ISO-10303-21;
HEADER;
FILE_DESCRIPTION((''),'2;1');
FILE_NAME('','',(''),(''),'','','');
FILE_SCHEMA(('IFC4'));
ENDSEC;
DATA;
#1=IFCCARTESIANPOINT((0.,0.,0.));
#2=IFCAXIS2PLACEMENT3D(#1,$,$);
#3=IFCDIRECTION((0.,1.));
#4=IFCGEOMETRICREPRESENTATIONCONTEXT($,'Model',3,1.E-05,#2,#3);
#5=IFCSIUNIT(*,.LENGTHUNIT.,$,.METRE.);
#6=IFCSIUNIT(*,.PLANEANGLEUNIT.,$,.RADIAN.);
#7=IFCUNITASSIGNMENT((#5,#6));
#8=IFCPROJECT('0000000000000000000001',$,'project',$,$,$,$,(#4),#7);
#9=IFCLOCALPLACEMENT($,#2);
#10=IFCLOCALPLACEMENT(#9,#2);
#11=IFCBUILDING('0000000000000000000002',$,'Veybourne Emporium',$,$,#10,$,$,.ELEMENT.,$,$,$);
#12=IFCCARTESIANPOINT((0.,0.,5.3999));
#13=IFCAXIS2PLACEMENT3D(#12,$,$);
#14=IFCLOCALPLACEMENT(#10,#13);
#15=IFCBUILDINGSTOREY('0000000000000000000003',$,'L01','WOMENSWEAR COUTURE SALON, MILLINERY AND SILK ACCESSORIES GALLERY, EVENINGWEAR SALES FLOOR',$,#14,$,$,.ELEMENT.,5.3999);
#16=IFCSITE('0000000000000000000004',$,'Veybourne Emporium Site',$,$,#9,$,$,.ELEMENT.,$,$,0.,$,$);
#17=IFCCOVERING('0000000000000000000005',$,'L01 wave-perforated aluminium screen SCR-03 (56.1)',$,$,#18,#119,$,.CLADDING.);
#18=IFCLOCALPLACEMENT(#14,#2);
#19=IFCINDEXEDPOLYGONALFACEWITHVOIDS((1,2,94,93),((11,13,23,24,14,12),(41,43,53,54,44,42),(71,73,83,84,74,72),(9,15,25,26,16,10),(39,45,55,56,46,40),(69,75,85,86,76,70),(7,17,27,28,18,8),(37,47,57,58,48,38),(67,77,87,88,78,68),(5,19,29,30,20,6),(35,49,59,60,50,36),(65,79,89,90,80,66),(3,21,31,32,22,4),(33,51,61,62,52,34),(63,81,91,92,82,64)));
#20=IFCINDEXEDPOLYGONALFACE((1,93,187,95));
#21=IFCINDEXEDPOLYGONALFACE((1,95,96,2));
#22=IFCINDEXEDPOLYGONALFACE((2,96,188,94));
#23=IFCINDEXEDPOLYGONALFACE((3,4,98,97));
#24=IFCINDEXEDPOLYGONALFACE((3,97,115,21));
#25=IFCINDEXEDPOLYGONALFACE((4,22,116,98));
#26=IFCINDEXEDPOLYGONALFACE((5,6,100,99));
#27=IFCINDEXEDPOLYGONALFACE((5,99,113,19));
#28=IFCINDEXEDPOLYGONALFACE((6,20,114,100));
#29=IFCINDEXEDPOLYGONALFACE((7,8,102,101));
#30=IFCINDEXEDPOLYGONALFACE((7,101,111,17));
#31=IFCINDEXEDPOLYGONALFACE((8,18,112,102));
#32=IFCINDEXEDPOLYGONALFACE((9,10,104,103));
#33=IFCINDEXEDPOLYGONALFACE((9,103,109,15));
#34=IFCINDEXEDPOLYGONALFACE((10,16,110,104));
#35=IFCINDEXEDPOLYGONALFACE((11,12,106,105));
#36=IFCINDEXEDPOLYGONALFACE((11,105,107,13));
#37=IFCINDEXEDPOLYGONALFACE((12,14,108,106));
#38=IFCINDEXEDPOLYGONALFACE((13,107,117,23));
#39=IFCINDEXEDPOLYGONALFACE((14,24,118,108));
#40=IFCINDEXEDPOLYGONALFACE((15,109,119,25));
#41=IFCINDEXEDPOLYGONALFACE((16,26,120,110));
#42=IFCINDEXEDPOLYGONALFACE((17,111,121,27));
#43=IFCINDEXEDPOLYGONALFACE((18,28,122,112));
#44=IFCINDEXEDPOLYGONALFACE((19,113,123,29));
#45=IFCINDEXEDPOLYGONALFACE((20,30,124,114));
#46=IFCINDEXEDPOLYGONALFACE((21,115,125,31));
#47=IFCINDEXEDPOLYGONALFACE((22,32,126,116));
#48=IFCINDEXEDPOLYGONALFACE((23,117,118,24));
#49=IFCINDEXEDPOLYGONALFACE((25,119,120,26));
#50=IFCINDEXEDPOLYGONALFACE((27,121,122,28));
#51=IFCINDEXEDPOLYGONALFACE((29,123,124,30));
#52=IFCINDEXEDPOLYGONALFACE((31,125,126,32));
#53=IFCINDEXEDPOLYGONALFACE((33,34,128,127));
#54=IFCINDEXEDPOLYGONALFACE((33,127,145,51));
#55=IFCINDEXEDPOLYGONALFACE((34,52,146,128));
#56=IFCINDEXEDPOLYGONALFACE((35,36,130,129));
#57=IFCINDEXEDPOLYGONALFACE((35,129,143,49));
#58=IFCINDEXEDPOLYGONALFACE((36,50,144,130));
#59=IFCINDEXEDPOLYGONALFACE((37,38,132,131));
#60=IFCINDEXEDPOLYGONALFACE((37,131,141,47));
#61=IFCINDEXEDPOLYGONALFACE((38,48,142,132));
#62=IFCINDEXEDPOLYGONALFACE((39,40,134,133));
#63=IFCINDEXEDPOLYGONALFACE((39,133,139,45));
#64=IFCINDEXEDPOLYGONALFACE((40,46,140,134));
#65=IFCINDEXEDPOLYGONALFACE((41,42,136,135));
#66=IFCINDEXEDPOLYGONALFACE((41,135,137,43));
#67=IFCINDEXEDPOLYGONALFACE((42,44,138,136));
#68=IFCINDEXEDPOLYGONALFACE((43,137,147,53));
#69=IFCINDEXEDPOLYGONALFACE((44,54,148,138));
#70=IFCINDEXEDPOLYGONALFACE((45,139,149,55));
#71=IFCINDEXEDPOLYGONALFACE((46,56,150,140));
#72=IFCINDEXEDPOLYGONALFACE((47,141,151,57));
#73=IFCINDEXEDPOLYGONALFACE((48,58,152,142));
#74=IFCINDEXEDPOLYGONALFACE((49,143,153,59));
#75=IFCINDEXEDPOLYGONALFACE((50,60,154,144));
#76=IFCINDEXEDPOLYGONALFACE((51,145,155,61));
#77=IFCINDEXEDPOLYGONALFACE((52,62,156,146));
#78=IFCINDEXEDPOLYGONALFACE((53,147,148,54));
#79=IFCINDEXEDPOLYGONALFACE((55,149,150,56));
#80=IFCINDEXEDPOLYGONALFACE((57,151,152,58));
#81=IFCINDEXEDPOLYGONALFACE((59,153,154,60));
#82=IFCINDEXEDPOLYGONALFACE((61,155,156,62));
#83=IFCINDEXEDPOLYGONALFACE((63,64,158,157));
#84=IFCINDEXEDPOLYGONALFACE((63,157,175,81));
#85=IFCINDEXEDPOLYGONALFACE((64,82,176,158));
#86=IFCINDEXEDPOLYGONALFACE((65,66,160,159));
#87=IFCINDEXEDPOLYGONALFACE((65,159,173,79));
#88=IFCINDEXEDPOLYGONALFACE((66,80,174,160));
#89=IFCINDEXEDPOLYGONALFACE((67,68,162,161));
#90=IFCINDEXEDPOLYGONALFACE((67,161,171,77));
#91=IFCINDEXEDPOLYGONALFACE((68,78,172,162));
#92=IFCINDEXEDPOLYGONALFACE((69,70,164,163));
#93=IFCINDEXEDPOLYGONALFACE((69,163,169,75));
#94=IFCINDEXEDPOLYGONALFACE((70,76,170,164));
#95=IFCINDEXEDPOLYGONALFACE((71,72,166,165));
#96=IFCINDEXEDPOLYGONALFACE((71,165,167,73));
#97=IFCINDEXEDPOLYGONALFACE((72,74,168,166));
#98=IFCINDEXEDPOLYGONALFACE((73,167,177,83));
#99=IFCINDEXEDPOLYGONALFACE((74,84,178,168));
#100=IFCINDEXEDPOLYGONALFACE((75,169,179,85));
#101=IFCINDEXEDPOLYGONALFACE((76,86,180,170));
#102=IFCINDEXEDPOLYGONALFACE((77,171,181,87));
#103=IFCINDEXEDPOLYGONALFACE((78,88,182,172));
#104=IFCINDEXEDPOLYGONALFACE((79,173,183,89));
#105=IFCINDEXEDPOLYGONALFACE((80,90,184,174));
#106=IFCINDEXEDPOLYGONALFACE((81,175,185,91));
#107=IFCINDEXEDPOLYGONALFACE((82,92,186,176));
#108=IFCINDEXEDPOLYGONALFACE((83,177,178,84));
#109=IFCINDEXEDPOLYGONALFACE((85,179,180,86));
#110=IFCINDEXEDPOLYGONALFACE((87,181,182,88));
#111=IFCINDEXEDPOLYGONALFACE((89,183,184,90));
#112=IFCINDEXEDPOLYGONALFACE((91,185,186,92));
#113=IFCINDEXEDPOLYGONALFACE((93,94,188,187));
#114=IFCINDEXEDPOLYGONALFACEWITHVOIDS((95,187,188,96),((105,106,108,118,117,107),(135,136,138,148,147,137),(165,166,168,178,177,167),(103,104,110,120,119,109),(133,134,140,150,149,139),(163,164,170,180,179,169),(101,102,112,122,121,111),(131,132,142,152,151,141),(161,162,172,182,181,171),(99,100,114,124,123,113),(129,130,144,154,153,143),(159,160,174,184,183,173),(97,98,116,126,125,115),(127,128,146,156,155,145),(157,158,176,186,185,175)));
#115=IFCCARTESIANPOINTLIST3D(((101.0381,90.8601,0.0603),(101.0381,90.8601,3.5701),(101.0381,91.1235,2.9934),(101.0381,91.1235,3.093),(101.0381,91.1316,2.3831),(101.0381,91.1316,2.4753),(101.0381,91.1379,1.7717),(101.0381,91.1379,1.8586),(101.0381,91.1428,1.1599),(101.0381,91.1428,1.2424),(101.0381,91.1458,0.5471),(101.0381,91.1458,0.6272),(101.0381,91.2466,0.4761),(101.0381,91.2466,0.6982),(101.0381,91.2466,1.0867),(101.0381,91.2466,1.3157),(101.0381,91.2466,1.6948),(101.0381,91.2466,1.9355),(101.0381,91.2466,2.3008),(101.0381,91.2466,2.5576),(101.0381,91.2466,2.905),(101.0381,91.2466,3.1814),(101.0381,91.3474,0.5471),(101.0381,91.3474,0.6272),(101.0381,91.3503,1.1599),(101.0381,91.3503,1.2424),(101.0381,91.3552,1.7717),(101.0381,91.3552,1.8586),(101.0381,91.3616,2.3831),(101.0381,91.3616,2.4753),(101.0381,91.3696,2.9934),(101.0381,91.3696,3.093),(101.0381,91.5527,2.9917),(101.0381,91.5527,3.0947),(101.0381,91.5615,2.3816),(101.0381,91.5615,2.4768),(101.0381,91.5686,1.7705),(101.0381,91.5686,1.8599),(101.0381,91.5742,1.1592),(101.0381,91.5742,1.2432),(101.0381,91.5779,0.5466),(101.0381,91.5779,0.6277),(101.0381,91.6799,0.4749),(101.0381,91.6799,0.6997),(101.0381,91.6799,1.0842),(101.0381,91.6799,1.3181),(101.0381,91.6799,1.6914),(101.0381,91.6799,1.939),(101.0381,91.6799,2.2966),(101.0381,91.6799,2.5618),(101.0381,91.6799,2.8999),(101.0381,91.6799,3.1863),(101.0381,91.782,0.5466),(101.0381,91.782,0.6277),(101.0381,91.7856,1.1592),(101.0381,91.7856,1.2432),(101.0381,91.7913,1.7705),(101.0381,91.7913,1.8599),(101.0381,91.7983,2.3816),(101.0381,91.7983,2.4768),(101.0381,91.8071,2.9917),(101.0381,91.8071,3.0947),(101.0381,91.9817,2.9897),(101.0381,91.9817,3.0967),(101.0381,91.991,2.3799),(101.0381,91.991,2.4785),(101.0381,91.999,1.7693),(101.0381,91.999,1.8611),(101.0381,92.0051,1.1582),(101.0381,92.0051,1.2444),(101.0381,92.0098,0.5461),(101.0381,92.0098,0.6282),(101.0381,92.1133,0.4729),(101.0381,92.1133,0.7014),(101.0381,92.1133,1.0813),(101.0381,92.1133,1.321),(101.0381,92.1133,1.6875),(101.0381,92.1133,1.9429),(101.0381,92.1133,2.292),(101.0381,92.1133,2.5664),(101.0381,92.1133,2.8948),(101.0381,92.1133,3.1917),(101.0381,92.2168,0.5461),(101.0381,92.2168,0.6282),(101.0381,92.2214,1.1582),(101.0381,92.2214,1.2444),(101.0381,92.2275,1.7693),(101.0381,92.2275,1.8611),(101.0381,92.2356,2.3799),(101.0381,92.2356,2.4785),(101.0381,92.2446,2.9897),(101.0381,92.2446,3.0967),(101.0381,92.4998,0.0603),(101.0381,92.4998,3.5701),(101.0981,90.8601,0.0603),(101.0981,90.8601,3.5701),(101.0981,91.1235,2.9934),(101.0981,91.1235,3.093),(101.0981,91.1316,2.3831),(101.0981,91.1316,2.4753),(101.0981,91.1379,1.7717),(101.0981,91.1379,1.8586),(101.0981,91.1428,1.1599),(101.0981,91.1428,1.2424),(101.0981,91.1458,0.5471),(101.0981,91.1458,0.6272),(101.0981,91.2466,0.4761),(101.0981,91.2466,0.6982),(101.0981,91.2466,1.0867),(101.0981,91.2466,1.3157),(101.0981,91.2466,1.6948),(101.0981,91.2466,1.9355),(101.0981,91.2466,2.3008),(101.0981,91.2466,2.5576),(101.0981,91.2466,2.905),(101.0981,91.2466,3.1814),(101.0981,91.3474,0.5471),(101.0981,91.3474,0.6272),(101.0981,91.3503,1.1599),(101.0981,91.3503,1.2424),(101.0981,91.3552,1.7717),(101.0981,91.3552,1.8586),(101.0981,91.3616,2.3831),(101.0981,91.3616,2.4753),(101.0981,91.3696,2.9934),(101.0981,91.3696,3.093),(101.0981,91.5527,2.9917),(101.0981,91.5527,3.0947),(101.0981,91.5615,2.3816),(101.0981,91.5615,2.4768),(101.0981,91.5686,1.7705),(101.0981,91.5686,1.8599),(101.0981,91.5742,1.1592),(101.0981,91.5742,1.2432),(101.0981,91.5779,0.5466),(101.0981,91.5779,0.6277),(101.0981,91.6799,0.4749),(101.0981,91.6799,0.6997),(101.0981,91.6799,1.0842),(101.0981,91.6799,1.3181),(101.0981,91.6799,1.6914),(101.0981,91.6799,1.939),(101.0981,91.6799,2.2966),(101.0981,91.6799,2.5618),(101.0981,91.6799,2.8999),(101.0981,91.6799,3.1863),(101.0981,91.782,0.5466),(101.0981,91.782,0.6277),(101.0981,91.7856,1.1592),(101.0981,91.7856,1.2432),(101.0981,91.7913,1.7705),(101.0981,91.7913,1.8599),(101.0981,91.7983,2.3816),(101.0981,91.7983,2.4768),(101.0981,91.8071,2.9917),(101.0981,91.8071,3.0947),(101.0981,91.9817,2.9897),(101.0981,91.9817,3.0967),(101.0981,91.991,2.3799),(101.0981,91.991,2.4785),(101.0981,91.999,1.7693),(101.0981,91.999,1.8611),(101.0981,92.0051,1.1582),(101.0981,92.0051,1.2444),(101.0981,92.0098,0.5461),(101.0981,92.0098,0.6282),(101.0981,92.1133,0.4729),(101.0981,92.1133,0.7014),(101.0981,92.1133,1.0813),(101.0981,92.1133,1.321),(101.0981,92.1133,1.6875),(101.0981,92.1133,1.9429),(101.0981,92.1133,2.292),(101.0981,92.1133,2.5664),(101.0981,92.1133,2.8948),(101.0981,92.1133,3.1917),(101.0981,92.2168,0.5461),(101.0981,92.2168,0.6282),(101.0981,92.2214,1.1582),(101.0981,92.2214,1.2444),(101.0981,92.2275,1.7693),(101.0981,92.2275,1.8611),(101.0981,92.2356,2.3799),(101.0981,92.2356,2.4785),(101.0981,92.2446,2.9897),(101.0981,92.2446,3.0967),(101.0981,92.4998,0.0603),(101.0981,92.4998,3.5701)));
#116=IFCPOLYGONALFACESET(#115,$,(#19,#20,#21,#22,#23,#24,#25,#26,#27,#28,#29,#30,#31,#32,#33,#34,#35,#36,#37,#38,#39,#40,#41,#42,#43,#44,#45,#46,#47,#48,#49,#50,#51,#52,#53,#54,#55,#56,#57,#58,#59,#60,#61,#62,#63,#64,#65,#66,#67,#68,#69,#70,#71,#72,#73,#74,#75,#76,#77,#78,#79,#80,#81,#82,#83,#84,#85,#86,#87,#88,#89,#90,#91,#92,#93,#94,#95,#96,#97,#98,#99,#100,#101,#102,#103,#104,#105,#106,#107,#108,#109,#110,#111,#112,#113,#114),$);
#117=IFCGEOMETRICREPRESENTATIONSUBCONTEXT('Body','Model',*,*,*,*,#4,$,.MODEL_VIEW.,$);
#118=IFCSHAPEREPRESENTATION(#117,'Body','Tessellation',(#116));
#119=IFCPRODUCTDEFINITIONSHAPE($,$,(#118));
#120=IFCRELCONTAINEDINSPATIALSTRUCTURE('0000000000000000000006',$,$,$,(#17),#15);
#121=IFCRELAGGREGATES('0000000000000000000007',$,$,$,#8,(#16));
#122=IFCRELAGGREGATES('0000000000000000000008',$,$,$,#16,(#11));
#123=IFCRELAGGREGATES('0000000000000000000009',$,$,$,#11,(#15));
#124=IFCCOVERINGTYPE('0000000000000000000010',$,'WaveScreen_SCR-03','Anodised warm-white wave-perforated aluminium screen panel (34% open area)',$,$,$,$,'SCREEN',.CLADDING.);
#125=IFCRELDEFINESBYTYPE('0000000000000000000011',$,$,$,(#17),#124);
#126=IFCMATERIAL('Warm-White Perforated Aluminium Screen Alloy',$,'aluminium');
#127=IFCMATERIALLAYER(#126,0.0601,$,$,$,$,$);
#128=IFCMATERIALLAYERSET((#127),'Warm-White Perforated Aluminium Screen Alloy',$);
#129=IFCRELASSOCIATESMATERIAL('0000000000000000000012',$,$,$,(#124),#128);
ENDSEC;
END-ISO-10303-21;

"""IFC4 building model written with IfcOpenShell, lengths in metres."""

from ifc_helpers import new_model, si_unit, direction, frame, origin, place, context, subcontext, project, spatial, polyline, outline, extrude, material, layer, layer_set, type_object, element, save


model = new_model("IFC4")

# Units and contexts
model_context = context("Model", 3, precision=1e-05, world=origin(), true_north=direction((0.0, 1.0)))
body_context = subcontext(model_context, "Body", "Model", "MODEL_VIEW")
ifc_project = project(units=[si_unit("LENGTHUNIT", "METRE"), si_unit("PLANEANGLEUNIT", "RADIAN")], contexts=[model_context])

# Site, building, storey
site_placement = place(None, origin())
site = spatial("IfcSite", under=ifc_project, at=site_placement, Name="Veybourne Emporium Site", CompositionType="ELEMENT", RefElevation=0.0)
building_placement = place(site_placement, origin())
building = spatial("IfcBuilding", under=site, at=building_placement, Name="Veybourne Emporium", CompositionType="ELEMENT")
storey_placement = place(building_placement, frame((0.0, 0.0, 5.3999)))
storey = spatial("IfcBuildingStorey", under=building, at=storey_placement, Name="L01", Description="WOMENSWEAR COUTURE SALON, MILLINERY AND SILK ACCESSORIES GALLERY, EVENINGWEAR SALES FLOOR", CompositionType="ELEMENT", Elevation=5.3999)

# Covering
ifc_material_1 = material(Name="Warm-White Perforated Aluminium Screen Alloy", Category="aluminium")
ifc_layer_1 = layer(ifc_material_1, 0.0601)
ifc_layer_set_1 = layer_set([ifc_layer_1], Name="Warm-White Perforated Aluminium Screen Alloy")
covering_type_1 = type_object("IfcCoveringType", Name="WaveScreen_SCR-03", Description="Anodised warm-white wave-perforated aluminium screen panel (34% open area)", ElementType="SCREEN", PredefinedType="CLADDING", material=ifc_layer_set_1)
covering_1_placement = place(storey_placement, frame((101.0981, 91.6799, 1.8152), z_axis=(-1.0, 0.0, 0.0), x_axis=(0.0, -1.0, 0.0)))
element("IfcCovering", 1, at=covering_1_placement, inside=storey, type_object=covering_type_1, Name="L01 wave-perforated aluminium screen SCR-03 (56.1)", PredefinedType="CLADDING", context=body_context, shape_type="SweptSolid", body=[
    extrude(outline(polyline([(-0.8198, -1.7549), (0.8198, -1.7549), (0.8198, 1.7549), (-0.8198, 1.7549), (-0.8198, -1.7549)]), holes=[polyline([(-0.4333, -1.1138), (-0.3298, -1.187), (-0.3298, -1.269), (-0.4333, -1.3423), (-0.5369, -1.269), (-0.5369, -1.187), (-0.4333, -1.1138)]), polyline([(-0.4333, -0.4941), (-0.3252, -0.5708), (-0.3252, -0.657), (-0.4333, -0.7339), (-0.5415, -0.657), (-0.5415, -0.5708), (-0.4333, -0.4941)]), polyline([(-0.4333, 0.1277), (-0.3191, 0.0459), (-0.3191, -0.0459), (-0.4333, -0.1277), (-0.5476, -0.0459), (-0.5476, 0.0459), (-0.4333, 0.1277)]), polyline([(-0.4333, 0.7512), (-0.311, 0.6633), (-0.311, 0.5647), (-0.4333, 0.4768), (-0.5557, 0.5647), (-0.5557, 0.6633), (-0.4333, 0.7512)]), polyline([(-0.4333, 1.3765), (-0.3018, 1.2815), (-0.3018, 1.1746), (-0.4333, 1.0796), (-0.5647, 1.1746), (-0.5647, 1.2815), (-0.4333, 1.3765)]), polyline([(0.0, -1.1155), (0.1021, -1.1875), (0.1021, -1.2686), (0.0, -1.3403), (-0.1021, -1.2686), (-0.1021, -1.1875), (0.0, -1.1155)]), polyline([(0.0, -0.4971), (0.1057, -0.572), (0.1057, -0.656), (0.0, -0.731), (-0.1057, -0.656), (-0.1057, -0.572), (0.0, -0.4971)]), polyline([(0.0, 0.1238), (0.1113, 0.0447), (0.1113, -0.0447), (0.0, -0.1238), (-0.1113, -0.0447), (-0.1113, 0.0447), (0.0, 0.1238)]), polyline([(0.0, 0.7466), (0.1184, 0.6616), (0.1184, 0.5664), (0.0, 0.4814), (-0.1184, 0.5664), (-0.1184, 0.6616), (0.0, 0.7466)]), polyline([(0.0, 1.3711), (0.1272, 1.2795), (0.1272, 1.1765), (0.0, 1.0847), (-0.1272, 1.1765), (-0.1272, 1.2795), (0.0, 1.3711)]), polyline([(0.4333, -1.1169), (0.5342, -1.188), (0.5342, -1.2681), (0.4333, -1.3391), (0.3325, -1.2681), (0.3325, -1.188), (0.4333, -1.1169)]), polyline([(0.4333, -0.4995), (0.5371, -0.5728), (0.5371, -0.6553), (0.4333, -0.7285), (0.3296, -0.6553), (0.3296, -0.5728), (0.4333, -0.4995)]), polyline([(0.4333, 0.1204), (0.542, 0.0435), (0.542, -0.0435), (0.4333, -0.1204), (0.3247, -0.0435), (0.3247, 0.0435), (0.4333, 0.1204)]), polyline([(0.4333, 0.7424), (0.5483, 0.6602), (0.5483, 0.5679), (0.4333, 0.4856), (0.3184, 0.5679), (0.3184, 0.6602), (0.4333, 0.7424)]), polyline([(0.4333, 1.3662), (0.5564, 1.2778), (0.5564, 1.1782), (0.4333, 1.0898), (0.3103, 1.1782), (0.3103, 1.2778), (0.4333, 1.3662)])]), origin(), (0.0, 0.0, 1.0), 0.0601),
])

save(model, "model.ifc")
